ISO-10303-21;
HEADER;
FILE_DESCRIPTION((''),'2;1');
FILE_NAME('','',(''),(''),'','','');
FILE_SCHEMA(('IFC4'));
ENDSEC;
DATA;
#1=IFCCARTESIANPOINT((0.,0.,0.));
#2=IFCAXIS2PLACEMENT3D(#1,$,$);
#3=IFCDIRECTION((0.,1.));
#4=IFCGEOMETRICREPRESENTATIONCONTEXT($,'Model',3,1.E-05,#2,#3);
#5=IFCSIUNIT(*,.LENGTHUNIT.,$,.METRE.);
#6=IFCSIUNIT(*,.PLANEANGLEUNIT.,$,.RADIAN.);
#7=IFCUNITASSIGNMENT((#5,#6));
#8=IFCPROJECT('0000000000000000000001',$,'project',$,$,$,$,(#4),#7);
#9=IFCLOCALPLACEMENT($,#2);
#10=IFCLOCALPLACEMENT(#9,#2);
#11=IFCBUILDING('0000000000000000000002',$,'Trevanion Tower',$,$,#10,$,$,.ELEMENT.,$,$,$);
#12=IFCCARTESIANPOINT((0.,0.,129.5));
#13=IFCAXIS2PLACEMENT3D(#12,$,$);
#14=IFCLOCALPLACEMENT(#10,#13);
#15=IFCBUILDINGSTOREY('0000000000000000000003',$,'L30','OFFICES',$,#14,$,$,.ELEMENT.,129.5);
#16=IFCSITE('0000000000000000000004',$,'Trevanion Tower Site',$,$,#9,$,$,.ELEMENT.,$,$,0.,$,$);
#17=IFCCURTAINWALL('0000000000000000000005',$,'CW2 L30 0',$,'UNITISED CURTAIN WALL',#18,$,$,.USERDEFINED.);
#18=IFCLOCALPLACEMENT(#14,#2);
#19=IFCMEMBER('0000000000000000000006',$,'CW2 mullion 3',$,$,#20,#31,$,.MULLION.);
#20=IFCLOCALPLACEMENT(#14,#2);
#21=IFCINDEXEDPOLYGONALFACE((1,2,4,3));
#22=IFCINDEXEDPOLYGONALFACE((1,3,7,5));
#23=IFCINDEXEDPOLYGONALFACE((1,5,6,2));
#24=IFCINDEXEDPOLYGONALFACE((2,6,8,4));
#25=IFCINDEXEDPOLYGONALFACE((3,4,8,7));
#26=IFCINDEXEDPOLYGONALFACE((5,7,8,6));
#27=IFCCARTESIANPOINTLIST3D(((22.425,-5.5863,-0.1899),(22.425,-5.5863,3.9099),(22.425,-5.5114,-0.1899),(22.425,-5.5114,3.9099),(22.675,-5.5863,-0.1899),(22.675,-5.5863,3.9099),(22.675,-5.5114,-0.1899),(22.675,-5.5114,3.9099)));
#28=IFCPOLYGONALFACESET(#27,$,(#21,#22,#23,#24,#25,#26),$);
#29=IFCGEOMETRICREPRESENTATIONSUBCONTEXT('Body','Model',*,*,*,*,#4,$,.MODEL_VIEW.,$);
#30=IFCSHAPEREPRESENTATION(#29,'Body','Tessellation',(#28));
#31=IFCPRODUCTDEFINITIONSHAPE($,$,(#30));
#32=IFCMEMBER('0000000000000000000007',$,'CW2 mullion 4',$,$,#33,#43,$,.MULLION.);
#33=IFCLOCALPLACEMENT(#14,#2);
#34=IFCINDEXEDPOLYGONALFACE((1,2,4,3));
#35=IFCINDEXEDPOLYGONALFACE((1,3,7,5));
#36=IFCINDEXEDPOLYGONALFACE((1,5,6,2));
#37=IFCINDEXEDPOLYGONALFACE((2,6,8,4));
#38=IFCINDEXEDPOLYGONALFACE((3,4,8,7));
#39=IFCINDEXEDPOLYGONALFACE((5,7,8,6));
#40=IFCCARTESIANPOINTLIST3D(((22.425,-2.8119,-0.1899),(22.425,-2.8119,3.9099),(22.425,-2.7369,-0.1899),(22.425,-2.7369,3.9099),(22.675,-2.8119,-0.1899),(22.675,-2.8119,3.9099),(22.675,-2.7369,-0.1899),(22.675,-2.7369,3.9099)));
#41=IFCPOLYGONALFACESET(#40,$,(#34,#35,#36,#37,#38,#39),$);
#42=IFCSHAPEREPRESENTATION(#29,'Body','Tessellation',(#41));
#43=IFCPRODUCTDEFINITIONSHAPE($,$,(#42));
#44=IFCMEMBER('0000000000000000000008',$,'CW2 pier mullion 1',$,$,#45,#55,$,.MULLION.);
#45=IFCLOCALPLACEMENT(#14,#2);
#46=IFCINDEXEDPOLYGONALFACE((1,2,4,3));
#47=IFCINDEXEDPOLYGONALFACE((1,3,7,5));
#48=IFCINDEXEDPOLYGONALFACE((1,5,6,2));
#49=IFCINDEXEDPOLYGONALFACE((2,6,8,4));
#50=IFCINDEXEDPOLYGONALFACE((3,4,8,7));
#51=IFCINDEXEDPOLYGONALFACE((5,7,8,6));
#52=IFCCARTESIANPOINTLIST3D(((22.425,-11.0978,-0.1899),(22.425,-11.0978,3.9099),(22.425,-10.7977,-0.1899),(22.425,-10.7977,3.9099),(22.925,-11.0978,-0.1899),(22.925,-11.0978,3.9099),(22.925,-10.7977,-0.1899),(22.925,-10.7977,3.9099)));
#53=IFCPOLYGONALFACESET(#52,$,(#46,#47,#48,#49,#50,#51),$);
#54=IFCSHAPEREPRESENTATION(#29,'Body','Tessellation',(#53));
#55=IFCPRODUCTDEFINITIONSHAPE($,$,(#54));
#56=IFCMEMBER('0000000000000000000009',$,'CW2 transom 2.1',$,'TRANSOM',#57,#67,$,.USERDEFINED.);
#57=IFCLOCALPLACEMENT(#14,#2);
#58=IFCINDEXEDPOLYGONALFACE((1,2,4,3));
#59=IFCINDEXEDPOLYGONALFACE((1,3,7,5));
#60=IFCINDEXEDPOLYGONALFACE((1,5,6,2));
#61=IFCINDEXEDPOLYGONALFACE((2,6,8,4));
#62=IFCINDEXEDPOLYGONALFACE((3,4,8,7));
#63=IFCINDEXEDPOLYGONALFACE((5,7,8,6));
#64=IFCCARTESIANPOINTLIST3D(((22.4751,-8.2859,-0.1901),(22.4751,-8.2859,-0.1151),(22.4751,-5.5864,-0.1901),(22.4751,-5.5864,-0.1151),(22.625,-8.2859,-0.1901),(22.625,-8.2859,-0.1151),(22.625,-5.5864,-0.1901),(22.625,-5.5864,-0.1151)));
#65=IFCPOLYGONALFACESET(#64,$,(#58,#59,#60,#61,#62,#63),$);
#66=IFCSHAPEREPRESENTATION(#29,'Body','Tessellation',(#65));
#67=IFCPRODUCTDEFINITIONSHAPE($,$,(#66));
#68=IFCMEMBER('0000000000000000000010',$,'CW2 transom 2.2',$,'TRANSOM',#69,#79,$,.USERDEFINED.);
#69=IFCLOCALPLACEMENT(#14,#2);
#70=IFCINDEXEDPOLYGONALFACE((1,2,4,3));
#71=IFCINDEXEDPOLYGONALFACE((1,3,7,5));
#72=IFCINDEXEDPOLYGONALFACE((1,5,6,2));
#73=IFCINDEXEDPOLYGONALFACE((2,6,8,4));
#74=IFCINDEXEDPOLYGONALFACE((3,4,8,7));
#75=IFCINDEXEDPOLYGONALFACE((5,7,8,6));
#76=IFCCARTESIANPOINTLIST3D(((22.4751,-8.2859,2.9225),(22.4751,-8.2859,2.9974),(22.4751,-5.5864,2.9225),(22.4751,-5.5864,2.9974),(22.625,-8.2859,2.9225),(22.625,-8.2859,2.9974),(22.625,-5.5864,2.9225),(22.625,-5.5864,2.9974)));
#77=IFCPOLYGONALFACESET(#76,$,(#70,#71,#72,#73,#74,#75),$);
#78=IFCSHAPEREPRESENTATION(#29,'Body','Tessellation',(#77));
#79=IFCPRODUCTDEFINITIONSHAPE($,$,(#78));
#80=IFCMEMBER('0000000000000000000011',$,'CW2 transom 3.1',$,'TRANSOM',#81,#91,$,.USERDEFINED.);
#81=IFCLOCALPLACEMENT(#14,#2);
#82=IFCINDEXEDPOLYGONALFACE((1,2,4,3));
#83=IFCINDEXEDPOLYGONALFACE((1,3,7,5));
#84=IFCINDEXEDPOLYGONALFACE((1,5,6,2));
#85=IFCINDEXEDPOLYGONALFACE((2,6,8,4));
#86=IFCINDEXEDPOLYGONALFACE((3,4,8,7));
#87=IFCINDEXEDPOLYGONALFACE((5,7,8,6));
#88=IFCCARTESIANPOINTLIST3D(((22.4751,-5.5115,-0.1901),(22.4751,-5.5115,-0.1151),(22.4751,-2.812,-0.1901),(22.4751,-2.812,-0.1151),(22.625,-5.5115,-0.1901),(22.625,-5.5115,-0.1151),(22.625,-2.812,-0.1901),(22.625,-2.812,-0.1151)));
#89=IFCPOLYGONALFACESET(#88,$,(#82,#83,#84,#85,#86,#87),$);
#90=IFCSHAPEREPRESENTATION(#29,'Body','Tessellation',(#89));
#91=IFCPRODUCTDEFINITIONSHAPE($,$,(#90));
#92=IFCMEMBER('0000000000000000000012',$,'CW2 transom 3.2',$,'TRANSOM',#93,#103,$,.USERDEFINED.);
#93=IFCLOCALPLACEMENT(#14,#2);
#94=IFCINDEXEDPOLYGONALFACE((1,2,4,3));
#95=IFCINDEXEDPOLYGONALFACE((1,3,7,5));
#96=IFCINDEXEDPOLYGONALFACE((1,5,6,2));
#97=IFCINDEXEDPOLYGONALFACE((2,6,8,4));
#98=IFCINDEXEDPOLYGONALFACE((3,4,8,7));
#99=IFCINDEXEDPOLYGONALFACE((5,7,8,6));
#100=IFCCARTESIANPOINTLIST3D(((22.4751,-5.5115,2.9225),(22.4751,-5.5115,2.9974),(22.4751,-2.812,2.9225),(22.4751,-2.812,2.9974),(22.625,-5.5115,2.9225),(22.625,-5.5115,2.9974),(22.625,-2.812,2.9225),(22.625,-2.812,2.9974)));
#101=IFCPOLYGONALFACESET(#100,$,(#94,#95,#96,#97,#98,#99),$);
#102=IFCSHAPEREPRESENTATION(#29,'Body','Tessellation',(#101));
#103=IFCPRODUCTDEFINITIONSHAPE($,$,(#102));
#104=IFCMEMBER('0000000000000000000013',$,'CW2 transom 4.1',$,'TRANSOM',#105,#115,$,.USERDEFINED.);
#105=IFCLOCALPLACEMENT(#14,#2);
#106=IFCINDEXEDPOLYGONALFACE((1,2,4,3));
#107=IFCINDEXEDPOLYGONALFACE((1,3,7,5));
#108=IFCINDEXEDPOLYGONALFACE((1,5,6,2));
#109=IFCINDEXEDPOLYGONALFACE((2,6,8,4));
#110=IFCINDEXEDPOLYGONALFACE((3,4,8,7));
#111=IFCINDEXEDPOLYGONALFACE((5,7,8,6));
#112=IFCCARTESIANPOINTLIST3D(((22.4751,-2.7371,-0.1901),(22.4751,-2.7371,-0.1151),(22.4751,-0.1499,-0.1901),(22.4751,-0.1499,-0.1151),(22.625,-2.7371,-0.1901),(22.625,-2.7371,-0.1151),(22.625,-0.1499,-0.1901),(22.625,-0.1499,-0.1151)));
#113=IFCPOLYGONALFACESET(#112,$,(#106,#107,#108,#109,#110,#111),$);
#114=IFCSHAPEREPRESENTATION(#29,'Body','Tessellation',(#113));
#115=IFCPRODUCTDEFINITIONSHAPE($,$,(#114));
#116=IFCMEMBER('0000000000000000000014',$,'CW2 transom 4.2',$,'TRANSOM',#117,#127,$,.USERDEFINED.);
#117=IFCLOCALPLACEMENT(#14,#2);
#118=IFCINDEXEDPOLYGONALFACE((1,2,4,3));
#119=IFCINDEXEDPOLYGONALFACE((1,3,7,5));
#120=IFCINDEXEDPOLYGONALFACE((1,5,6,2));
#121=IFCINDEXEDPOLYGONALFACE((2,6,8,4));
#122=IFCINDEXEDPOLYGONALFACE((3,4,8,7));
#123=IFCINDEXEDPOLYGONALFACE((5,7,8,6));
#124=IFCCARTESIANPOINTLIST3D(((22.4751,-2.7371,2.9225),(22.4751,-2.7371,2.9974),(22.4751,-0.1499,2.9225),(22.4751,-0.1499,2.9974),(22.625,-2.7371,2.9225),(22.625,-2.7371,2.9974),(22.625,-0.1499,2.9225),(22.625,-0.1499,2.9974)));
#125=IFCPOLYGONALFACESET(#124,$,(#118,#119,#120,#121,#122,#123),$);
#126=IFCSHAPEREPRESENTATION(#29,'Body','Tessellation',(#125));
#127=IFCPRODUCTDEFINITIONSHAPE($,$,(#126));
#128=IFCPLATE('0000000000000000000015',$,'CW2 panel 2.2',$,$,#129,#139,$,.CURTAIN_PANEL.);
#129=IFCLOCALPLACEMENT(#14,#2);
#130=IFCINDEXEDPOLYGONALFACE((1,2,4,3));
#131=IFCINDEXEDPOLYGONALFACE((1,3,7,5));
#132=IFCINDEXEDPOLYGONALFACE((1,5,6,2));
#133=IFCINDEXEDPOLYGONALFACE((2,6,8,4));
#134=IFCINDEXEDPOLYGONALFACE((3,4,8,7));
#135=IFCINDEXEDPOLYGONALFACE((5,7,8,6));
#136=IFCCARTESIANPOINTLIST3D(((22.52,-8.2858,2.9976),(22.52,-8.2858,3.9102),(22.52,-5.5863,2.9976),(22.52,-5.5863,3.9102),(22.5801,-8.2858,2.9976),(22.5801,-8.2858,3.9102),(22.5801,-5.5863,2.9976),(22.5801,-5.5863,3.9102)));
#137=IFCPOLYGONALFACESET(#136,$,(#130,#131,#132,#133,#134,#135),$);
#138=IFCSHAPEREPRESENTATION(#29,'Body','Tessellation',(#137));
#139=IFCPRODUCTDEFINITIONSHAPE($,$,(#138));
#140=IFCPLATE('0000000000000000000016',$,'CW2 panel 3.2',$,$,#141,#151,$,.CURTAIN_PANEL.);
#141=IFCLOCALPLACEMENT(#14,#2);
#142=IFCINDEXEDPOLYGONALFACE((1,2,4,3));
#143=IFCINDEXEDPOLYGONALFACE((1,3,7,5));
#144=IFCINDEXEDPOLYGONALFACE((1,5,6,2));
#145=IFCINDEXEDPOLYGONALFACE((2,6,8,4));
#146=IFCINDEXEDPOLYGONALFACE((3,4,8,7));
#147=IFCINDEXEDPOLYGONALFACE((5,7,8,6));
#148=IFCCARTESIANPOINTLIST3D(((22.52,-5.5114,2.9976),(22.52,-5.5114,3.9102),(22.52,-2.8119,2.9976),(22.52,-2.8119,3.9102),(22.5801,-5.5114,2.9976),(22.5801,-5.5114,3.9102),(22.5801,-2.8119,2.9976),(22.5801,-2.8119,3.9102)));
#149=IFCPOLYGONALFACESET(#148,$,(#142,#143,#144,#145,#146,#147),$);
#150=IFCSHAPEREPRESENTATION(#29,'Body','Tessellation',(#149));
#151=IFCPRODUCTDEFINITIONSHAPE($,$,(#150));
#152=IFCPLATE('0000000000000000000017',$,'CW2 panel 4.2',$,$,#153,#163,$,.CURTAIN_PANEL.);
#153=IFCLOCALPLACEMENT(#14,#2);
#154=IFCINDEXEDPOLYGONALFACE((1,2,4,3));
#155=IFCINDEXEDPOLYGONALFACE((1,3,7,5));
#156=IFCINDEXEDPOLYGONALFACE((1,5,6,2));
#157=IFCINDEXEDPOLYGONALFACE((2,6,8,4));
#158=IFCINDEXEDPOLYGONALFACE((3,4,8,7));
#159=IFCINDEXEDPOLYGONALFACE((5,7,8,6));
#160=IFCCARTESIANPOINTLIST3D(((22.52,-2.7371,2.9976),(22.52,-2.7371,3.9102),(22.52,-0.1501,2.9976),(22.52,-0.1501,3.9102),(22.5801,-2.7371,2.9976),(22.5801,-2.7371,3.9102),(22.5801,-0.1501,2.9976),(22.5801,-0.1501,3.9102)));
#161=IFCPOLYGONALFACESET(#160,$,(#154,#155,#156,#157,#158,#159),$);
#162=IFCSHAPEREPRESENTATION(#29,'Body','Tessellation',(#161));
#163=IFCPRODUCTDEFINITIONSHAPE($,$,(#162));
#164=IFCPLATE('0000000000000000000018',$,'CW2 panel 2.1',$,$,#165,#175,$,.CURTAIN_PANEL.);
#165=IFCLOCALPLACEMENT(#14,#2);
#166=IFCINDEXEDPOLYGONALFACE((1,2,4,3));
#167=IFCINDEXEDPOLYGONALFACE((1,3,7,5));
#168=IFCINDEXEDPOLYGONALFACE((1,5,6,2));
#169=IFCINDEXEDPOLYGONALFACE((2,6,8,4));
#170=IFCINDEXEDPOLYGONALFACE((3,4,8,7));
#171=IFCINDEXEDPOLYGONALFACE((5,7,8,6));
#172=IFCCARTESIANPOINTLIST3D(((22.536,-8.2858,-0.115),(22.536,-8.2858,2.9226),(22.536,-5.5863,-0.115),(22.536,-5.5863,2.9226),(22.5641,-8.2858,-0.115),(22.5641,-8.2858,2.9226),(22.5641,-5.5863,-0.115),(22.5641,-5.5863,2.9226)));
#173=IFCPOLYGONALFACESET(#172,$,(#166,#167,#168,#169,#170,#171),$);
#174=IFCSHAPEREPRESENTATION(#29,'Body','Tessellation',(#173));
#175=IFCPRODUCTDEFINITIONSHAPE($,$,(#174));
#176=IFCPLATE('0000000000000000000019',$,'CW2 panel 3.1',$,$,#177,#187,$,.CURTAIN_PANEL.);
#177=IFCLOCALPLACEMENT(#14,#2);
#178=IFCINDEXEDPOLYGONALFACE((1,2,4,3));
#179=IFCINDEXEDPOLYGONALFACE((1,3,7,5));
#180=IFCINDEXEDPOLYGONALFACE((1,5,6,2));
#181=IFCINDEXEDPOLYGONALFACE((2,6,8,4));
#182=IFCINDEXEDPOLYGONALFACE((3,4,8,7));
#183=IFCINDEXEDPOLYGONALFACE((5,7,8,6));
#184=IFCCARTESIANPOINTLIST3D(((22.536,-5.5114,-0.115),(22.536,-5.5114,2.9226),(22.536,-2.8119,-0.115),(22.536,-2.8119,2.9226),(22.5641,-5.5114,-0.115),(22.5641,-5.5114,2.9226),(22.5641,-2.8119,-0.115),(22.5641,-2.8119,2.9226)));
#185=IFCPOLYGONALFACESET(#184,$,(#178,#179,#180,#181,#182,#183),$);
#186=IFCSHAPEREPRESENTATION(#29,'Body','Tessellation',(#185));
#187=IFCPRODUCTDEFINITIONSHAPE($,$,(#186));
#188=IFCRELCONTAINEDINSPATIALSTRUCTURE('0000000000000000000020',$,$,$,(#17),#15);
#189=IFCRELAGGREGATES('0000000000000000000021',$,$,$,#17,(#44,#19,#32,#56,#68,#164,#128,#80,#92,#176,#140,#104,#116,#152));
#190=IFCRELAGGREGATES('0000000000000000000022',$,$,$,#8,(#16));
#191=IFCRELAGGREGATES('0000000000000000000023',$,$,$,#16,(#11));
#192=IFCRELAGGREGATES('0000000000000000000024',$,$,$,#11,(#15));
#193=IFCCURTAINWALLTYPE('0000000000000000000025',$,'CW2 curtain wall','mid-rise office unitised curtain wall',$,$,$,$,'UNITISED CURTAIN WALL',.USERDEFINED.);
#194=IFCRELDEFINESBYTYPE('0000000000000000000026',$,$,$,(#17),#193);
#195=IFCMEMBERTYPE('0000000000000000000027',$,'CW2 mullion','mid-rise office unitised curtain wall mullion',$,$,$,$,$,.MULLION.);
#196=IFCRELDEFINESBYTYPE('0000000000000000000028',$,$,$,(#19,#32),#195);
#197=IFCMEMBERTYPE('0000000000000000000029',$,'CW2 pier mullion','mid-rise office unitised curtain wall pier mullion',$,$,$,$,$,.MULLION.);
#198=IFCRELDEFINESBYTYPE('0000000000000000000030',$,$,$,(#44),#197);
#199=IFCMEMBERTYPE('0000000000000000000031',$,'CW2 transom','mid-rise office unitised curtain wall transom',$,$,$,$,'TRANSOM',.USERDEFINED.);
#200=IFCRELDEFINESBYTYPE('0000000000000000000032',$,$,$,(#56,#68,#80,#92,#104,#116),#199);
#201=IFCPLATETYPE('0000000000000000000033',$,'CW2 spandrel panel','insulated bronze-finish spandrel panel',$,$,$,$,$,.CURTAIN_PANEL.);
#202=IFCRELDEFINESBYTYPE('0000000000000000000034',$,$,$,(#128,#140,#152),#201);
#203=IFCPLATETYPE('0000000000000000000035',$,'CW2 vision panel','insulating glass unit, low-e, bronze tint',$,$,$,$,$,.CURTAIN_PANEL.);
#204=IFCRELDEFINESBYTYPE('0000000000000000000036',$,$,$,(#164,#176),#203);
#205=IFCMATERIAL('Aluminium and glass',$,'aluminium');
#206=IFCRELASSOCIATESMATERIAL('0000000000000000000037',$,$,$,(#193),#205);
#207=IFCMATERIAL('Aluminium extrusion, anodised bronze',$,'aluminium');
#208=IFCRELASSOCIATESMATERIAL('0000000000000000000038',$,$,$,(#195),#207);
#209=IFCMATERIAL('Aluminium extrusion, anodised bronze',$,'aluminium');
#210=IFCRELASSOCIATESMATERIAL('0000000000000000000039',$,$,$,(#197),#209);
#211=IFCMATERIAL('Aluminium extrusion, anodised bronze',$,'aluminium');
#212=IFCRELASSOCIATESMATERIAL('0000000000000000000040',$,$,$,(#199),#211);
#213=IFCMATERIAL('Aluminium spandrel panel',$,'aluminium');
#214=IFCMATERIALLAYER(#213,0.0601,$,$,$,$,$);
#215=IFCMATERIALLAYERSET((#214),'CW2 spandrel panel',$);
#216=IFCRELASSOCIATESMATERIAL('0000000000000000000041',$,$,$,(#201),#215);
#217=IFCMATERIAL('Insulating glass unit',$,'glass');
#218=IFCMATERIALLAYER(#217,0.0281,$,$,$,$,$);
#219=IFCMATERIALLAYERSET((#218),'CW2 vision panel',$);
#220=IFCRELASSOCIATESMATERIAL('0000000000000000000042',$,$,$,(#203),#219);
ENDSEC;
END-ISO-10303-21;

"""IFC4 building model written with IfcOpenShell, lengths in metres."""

from ifc_helpers import new_model, si_unit, direction, frame, origin, origin_2d, place, context, subcontext, project, spatial, rectangle, extrude, material, layer, layer_set, material_profile, profile_set, type_object, element, aggregate, save


model = new_model("IFC4")

# Units and contexts
model_context = context("Model", 3, precision=1e-05, world=origin(), true_north=direction((0.0, 1.0)))
body_context = subcontext(model_context, "Body", "Model", "MODEL_VIEW")
ifc_project = project(units=[si_unit("LENGTHUNIT", "METRE"), si_unit("PLANEANGLEUNIT", "RADIAN")], contexts=[model_context])

# Site, building, storey
site_placement = place(None, origin())
site = spatial("IfcSite", under=ifc_project, at=site_placement, Name="Trevanion Tower Site", CompositionType="ELEMENT", RefElevation=0.0)
building_placement = place(site_placement, origin())
building = spatial("IfcBuilding", under=site, at=building_placement, Name="Trevanion Tower", CompositionType="ELEMENT")
storey_placement = place(building_placement, frame((0.0, 0.0, 129.5)))
storey = spatial("IfcBuildingStorey", under=building, at=storey_placement, Name="L30", Description="OFFICES", CompositionType="ELEMENT", Elevation=129.5)

# Curtain wall, members, plates
ifc_material_1 = material(Name="Aluminium and glass", Category="aluminium")
curtain_wall_type = type_object("IfcCurtainWallType", Name="CW2 curtain wall", Description="mid-rise office unitised curtain wall", ElementType="UNITISED CURTAIN WALL", PredefinedType="USERDEFINED", material=ifc_material_1)
curtain_wall_placement = place(storey_placement, origin())
curtain_wall = element("IfcCurtainWall", 1, at=curtain_wall_placement, inside=storey, type_object=curtain_wall_type, Name="CW2 L30 0", ObjectType="UNITISED CURTAIN WALL", PredefinedType="USERDEFINED")
ifc_material_2 = material(Name="Aluminium extrusion, anodised bronze", Category="aluminium")
ifc_material_profile_1 = material_profile(ifc_material_2, rectangle(XDim=0.075, YDim=0.25, at=origin_2d()), Name="CW2 mullion")
ifc_profile_set_1 = profile_set([ifc_material_profile_1], Name="Aluminium extrusion, anodised bronze")
member_type_1 = type_object("IfcMemberType", Name="CW2 mullion", Description="mid-rise office unitised curtain wall mullion", PredefinedType="MULLION", material=ifc_profile_set_1)
member_1_placement = place(storey_placement, frame((22.55, -5.5488, -0.1899), z_axis=(0.0, 0.0, 1.0), x_axis=(0.0, 1.0, 0.0)))
member_1 = element("IfcMember", 2, at=member_1_placement, type_object=member_type_1, Name="CW2 mullion 3", PredefinedType="MULLION", context=body_context, shape_type="SweptSolid", body=[
    extrude(rectangle(XDim=0.075, YDim=0.25, at=origin_2d()), origin(), (0.0, 0.0, 1.0), 4.0999),
])
member_2_placement = place(storey_placement, frame((22.55, -2.7744, -0.1899), z_axis=(0.0, 0.0, 1.0), x_axis=(0.0, 1.0, 0.0)))
member_2 = element("IfcMember", 3, at=member_2_placement, type_object=member_type_1, Name="CW2 mullion 4", PredefinedType="MULLION", context=body_context, shape_type="SweptSolid", body=[
    extrude(rectangle(XDim=0.075, YDim=0.25, at=origin_2d()), origin(), (0.0, 0.0, 1.0), 4.0999),
])
ifc_material_3 = material(Name="Aluminium extrusion, anodised bronze", Category="aluminium")
ifc_material_profile_2 = material_profile(ifc_material_3, rectangle(XDim=0.3, YDim=0.5, at=origin_2d()), Name="CW2 pier mullion")
ifc_profile_set_2 = profile_set([ifc_material_profile_2], Name="Aluminium extrusion, anodised bronze")
member_type_2 = type_object("IfcMemberType", Name="CW2 pier mullion", Description="mid-rise office unitised curtain wall pier mullion", PredefinedType="MULLION", material=ifc_profile_set_2)
member_3_placement = place(storey_placement, frame((22.675, -10.9478, -0.1899), z_axis=(0.0, 0.0, 1.0), x_axis=(0.0, 1.0, 0.0)))
member_3 = element("IfcMember", 4, at=member_3_placement, type_object=member_type_2, Name="CW2 pier mullion 1", PredefinedType="MULLION", context=body_context, shape_type="SweptSolid", body=[
    extrude(rectangle(XDim=0.3, YDim=0.5, at=origin_2d()), origin(), (0.0, 0.0, 1.0), 4.0999),
])
ifc_material_4 = material(Name="Aluminium extrusion, anodised bronze", Category="aluminium")
ifc_material_profile_3 = material_profile(ifc_material_4, rectangle(XDim=0.1499, YDim=0.075, at=origin_2d()), Name="CW2 transom")
ifc_profile_set_3 = profile_set([ifc_material_profile_3], Name="Aluminium extrusion, anodised bronze")
member_type_3 = type_object("IfcMemberType", Name="CW2 transom", Description="mid-rise office unitised curtain wall transom", ElementType="TRANSOM", PredefinedType="USERDEFINED", material=ifc_profile_set_3)
member_4_placement = place(storey_placement, frame((22.55, -8.2859, -0.1526), z_axis=(0.0, 1.0, 0.0), x_axis=(-1.0, 0.0, 0.0)))
member_4 = element("IfcMember", 5, at=member_4_placement, type_object=member_type_3, Name="CW2 transom 2.1", ObjectType="TRANSOM", PredefinedType="USERDEFINED", context=body_context, shape_type="SweptSolid", body=[
    extrude(rectangle(XDim=0.1499, YDim=0.075, at=origin_2d()), origin(), (0.0, 0.0, 1.0), 2.6995),
])
member_5_placement = place(storey_placement, frame((22.55, -8.2859, 2.96), z_axis=(0.0, 1.0, 0.0), x_axis=(-1.0, 0.0, 0.0)))
member_5 = element("IfcMember", 6, at=member_5_placement, type_object=member_type_3, Name="CW2 transom 2.2", ObjectType="TRANSOM", PredefinedType="USERDEFINED", context=body_context, shape_type="SweptSolid", body=[
    extrude(rectangle(XDim=0.1499, YDim=0.075, at=origin_2d()), origin(), (0.0, 0.0, 1.0), 2.6995),
])
member_6_placement = place(storey_placement, frame((22.55, -5.5115, -0.1526), z_axis=(0.0, 1.0, 0.0), x_axis=(-1.0, 0.0, 0.0)))
member_6 = element("IfcMember", 7, at=member_6_placement, type_object=member_type_3, Name="CW2 transom 3.1", ObjectType="TRANSOM", PredefinedType="USERDEFINED", context=body_context, shape_type="SweptSolid", body=[
    extrude(rectangle(XDim=0.1499, YDim=0.075, at=origin_2d()), origin(), (0.0, 0.0, 1.0), 2.6995),
])
member_7_placement = place(storey_placement, frame((22.55, -5.5115, 2.96), z_axis=(0.0, 1.0, 0.0), x_axis=(-1.0, 0.0, 0.0)))
member_7 = element("IfcMember", 8, at=member_7_placement, type_object=member_type_3, Name="CW2 transom 3.2", ObjectType="TRANSOM", PredefinedType="USERDEFINED", context=body_context, shape_type="SweptSolid", body=[
    extrude(rectangle(XDim=0.1499, YDim=0.075, at=origin_2d()), origin(), (0.0, 0.0, 1.0), 2.6995),
])
member_8_placement = place(storey_placement, frame((22.55, -2.7371, -0.1526), z_axis=(0.0, 1.0, 0.0), x_axis=(-1.0, 0.0, 0.0)))
member_8 = element("IfcMember", 9, at=member_8_placement, type_object=member_type_3, Name="CW2 transom 4.1", ObjectType="TRANSOM", PredefinedType="USERDEFINED", context=body_context, shape_type="SweptSolid", body=[
    extrude(rectangle(XDim=0.1499, YDim=0.075, at=origin_2d()), origin(), (0.0, 0.0, 1.0), 2.5872),
])
member_9_placement = place(storey_placement, frame((22.55, -2.7371, 2.96), z_axis=(0.0, 1.0, 0.0), x_axis=(-1.0, 0.0, 0.0)))
member_9 = element("IfcMember", 10, at=member_9_placement, type_object=member_type_3, Name="CW2 transom 4.2", ObjectType="TRANSOM", PredefinedType="USERDEFINED", context=body_context, shape_type="SweptSolid", body=[
    extrude(rectangle(XDim=0.1499, YDim=0.075, at=origin_2d()), origin(), (0.0, 0.0, 1.0), 2.5872),
])
ifc_material_5 = material(Name="Aluminium spandrel panel", Category="aluminium")
ifc_layer_1 = layer(ifc_material_5, 0.0601)
ifc_layer_set_1 = layer_set([ifc_layer_1], Name="CW2 spandrel panel")
plate_type_1 = type_object("IfcPlateType", Name="CW2 spandrel panel", Description="insulated bronze-finish spandrel panel", PredefinedType="CURTAIN_PANEL", material=ifc_layer_set_1)
plate_1_placement = place(storey_placement, frame((22.55, -6.936, 2.9976), z_axis=(0.0, 0.0, 1.0), x_axis=(0.0, 1.0, 0.0)))
plate_1 = element("IfcPlate", 11, at=plate_1_placement, type_object=plate_type_1, Name="CW2 panel 2.2", PredefinedType="CURTAIN_PANEL", context=body_context, shape_type="SweptSolid", body=[
    extrude(rectangle(XDim=2.6995, YDim=0.0601, at=origin_2d()), origin(), (0.0, 0.0, 1.0), 0.9126),
])
plate_2_placement = place(storey_placement, frame((22.55, -4.1616, 2.9976), z_axis=(0.0, 0.0, 1.0), x_axis=(0.0, 1.0, 0.0)))
plate_2 = element("IfcPlate", 12, at=plate_2_placement, type_object=plate_type_1, Name="CW2 panel 3.2", PredefinedType="CURTAIN_PANEL", context=body_context, shape_type="SweptSolid", body=[
    extrude(rectangle(XDim=2.6995, YDim=0.0601, at=origin_2d()), origin(), (0.0, 0.0, 1.0), 0.9126),
])
plate_3_placement = place(storey_placement, frame((22.55, -1.4436, 2.9976), z_axis=(0.0, 0.0, 1.0), x_axis=(0.0, 1.0, 0.0)))
plate_3 = element("IfcPlate", 13, at=plate_3_placement, type_object=plate_type_1, Name="CW2 panel 4.2", PredefinedType="CURTAIN_PANEL", context=body_context, shape_type="SweptSolid", body=[
    extrude(rectangle(XDim=2.5869, YDim=0.0601, at=origin_2d()), origin(), (0.0, 0.0, 1.0), 0.9126),
])
ifc_material_6 = material(Name="Insulating glass unit", Category="glass")
ifc_layer_2 = layer(ifc_material_6, 0.0281)
ifc_layer_set_2 = layer_set([ifc_layer_2], Name="CW2 vision panel")
plate_type_2 = type_object("IfcPlateType", Name="CW2 vision panel", Description="insulating glass unit, low-e, bronze tint", PredefinedType="CURTAIN_PANEL", material=ifc_layer_set_2)
plate_4_placement = place(storey_placement, frame((22.55, -6.936, -0.115), z_axis=(0.0, 0.0, 1.0), x_axis=(0.0, 1.0, 0.0)))
plate_4 = element("IfcPlate", 14, at=plate_4_placement, type_object=plate_type_2, Name="CW2 panel 2.1", PredefinedType="CURTAIN_PANEL", context=body_context, shape_type="SweptSolid", body=[
    extrude(rectangle(XDim=2.6995, YDim=0.0281, at=origin_2d()), origin(), (0.0, 0.0, 1.0), 3.0376),
])
plate_5_placement = place(storey_placement, frame((22.55, -4.1616, -0.115), z_axis=(0.0, 0.0, 1.0), x_axis=(0.0, 1.0, 0.0)))
plate_5 = element("IfcPlate", 15, at=plate_5_placement, type_object=plate_type_2, Name="CW2 panel 3.1", PredefinedType="CURTAIN_PANEL", context=body_context, shape_type="SweptSolid", body=[
    extrude(rectangle(XDim=2.6995, YDim=0.0281, at=origin_2d()), origin(), (0.0, 0.0, 1.0), 3.0376),
])
aggregate(curtain_wall, [member_3, member_1, member_2, member_4, member_5, plate_4, plate_1, member_6, member_7, plate_5, plate_2, member_8, member_9, plate_3])

save(model, "model.ifc")
